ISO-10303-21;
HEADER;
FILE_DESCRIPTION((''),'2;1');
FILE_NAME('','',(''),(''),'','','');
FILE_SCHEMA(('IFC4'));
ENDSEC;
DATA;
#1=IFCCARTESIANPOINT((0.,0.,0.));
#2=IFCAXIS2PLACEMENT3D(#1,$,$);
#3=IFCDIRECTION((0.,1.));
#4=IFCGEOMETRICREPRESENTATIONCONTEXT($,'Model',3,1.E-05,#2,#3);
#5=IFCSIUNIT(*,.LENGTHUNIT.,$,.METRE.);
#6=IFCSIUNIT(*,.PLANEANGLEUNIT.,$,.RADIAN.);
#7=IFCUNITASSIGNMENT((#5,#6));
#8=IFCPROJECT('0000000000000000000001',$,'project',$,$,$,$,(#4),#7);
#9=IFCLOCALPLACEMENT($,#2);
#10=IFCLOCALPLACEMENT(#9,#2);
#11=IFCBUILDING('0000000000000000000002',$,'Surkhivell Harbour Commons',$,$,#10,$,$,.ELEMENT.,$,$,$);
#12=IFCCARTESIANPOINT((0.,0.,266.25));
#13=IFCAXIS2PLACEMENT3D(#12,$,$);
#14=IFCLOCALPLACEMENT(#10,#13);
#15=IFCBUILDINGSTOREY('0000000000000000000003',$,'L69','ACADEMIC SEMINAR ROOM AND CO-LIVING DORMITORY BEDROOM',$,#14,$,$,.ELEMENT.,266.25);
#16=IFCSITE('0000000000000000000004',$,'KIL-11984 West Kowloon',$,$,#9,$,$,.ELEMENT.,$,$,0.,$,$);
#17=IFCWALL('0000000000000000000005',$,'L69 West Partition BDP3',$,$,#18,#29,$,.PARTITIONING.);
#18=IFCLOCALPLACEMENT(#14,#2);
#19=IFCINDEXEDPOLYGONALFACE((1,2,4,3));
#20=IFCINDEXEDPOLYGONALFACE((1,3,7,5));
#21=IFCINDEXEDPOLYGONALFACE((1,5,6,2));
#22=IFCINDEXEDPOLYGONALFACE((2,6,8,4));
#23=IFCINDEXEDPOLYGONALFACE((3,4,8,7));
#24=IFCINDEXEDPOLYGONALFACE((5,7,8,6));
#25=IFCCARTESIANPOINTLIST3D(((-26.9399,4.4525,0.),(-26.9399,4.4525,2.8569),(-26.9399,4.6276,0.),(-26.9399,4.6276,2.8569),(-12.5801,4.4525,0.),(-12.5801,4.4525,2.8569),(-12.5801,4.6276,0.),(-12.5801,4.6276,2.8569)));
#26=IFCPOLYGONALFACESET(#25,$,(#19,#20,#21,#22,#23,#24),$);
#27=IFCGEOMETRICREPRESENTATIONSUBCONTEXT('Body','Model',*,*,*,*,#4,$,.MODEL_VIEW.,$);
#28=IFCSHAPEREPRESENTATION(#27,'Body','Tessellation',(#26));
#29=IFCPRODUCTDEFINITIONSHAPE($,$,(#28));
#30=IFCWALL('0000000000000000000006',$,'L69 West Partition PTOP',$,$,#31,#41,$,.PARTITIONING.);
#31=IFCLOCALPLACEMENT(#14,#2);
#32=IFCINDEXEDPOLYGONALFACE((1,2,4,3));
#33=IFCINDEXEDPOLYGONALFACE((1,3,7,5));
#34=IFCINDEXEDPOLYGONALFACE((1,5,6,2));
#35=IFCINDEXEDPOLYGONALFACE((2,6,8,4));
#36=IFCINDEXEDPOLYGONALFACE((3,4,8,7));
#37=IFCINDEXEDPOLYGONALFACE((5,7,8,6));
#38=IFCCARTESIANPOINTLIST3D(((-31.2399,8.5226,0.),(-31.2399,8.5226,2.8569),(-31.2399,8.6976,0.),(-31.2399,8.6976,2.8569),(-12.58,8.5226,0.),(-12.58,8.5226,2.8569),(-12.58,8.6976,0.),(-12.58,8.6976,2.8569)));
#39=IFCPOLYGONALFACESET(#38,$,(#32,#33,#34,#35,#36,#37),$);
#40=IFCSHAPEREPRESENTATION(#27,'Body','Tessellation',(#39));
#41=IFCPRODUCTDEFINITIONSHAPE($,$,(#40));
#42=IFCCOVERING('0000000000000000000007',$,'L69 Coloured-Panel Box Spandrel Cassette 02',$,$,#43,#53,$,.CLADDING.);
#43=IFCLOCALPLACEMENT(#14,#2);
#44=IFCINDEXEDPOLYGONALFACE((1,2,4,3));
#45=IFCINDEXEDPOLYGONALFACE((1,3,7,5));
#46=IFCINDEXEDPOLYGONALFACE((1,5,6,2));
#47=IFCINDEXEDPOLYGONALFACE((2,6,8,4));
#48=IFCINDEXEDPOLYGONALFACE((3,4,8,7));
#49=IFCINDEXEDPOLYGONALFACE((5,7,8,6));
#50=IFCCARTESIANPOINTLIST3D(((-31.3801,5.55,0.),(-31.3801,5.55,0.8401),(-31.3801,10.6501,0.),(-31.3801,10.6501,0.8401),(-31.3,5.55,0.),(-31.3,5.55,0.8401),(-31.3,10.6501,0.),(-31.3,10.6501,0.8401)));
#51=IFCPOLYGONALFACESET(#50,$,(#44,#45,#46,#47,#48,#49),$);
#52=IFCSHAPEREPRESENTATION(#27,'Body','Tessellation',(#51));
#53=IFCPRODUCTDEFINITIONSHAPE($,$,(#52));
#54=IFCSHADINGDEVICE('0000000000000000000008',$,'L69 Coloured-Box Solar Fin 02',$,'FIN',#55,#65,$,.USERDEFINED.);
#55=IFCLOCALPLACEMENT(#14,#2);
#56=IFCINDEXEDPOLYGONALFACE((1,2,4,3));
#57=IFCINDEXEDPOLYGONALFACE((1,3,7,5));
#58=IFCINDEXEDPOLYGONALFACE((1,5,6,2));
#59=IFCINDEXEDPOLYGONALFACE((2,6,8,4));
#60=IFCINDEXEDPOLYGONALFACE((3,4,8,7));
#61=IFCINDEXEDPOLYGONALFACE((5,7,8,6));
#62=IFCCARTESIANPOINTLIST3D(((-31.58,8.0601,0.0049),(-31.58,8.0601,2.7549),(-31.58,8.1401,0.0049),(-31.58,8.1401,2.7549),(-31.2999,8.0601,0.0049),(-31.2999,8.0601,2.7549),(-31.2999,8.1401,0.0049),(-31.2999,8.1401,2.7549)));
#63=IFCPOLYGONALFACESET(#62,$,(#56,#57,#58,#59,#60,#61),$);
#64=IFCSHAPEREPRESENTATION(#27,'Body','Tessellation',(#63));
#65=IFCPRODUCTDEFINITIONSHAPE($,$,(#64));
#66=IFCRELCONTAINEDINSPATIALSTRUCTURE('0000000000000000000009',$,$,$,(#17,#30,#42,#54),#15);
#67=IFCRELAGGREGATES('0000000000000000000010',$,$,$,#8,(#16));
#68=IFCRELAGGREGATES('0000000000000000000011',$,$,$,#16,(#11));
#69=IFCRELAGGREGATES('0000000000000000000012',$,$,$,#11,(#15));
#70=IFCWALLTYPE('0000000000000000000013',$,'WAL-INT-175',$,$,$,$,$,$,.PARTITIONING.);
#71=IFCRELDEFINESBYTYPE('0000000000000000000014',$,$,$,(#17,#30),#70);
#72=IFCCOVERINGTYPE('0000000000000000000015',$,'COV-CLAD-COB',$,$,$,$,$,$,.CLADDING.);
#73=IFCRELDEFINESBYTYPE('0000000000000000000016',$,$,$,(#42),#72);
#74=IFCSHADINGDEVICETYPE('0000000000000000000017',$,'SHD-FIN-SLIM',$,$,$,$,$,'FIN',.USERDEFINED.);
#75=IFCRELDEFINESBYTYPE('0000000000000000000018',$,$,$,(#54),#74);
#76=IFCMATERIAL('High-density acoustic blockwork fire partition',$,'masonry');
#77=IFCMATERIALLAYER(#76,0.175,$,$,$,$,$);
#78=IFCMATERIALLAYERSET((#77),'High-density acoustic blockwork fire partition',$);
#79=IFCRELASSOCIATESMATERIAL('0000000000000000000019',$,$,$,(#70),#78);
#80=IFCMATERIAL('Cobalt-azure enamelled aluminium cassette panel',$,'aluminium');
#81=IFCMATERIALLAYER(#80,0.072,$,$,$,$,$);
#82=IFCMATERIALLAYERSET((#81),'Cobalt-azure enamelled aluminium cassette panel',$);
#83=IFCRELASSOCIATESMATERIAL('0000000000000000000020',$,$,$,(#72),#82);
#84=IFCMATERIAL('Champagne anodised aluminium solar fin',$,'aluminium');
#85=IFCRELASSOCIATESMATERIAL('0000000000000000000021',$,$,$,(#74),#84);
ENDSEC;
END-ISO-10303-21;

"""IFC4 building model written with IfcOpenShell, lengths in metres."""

from ifc_helpers import new_model, si_unit, direction, frame, frame_2d, origin, origin_2d, place, context, subcontext, project, spatial, rectangle, extrude, material, layer, layer_set, type_object, element, save


model = new_model("IFC4")

# Units and contexts
model_context = context("Model", 3, precision=1e-05, world=origin(), true_north=direction((0.0, 1.0)))
body_context = subcontext(model_context, "Body", "Model", "MODEL_VIEW")
ifc_project = project(units=[si_unit("LENGTHUNIT", "METRE"), si_unit("PLANEANGLEUNIT", "RADIAN")], contexts=[model_context])

# Site, building, storey
site_placement = place(None, origin())
site = spatial("IfcSite", under=ifc_project, at=site_placement, Name="KIL-11984 West Kowloon", CompositionType="ELEMENT", RefElevation=0.0)
building_placement = place(site_placement, origin())
building = spatial("IfcBuilding", under=site, at=building_placement, Name="Surkhivell Harbour Commons", CompositionType="ELEMENT")
storey_placement = place(building_placement, frame((0.0, 0.0, 266.25)))
storey = spatial("IfcBuildingStorey", under=building, at=storey_placement, Name="L69", Description="ACADEMIC SEMINAR ROOM AND CO-LIVING DORMITORY BEDROOM", CompositionType="ELEMENT", Elevation=266.25)

# Walls
ifc_material_1 = material(Name="High-density acoustic blockwork fire partition", Category="masonry")
ifc_layer_1 = layer(ifc_material_1, 0.175)
ifc_layer_set_1 = layer_set([ifc_layer_1], Name="High-density acoustic blockwork fire partition")
wall_type_1 = type_object("IfcWallType", Name="WAL-INT-175", PredefinedType="PARTITIONING", material=ifc_layer_set_1)
for number, where, z_axis, x_axis, name in (
    (1, (-26.9399, 4.54, 0.0), (0.0, 0.0, 1.0), (1.0, 0.0, 0.0), "L69 West Partition BDP3"),
):
    element("IfcWall", number, at=place(storey_placement, frame(where, z_axis=z_axis, x_axis=x_axis)), inside=storey, type_object=wall_type_1, Name=name, PredefinedType="PARTITIONING", context=body_context, shape_type="SweptSolid", body=[
        extrude(rectangle(XDim=14.3599, YDim=0.175, at=frame_2d((7.1799, 0.0))), origin(), (0.0, 0.0, 1.0), 2.8569),
    ])
wall_1_placement = place(storey_placement, frame((-31.24, 8.6101, 0.0), z_axis=(0.0, 0.0, 1.0), x_axis=(1.0, 0.0, 0.0)))
element("IfcWall", 2, at=wall_1_placement, inside=storey, type_object=wall_type_1, Name="L69 West Partition PTOP", PredefinedType="PARTITIONING", context=body_context, shape_type="SweptSolid", body=[
    extrude(rectangle(XDim=18.6599, YDim=0.175, at=frame_2d((9.3301, 0.0))), origin(), (0.0, 0.0, 1.0), 2.8569),
])

# Covering
ifc_material_2 = material(Name="Cobalt-azure enamelled aluminium cassette panel", Category="aluminium")
ifc_layer_2 = layer(ifc_material_2, 0.072)
ifc_layer_set_2 = layer_set([ifc_layer_2], Name="Cobalt-azure enamelled aluminium cassette panel")
covering_type = type_object("IfcCoveringType", Name="COV-CLAD-COB", PredefinedType="CLADDING", material=ifc_layer_set_2)
covering_placement = place(storey_placement, frame((-31.3401, 8.1001, 0.0), z_axis=(0.0, 0.0, 1.0), x_axis=(1.0, 0.0, 0.0)))
element("IfcCovering", 3, at=covering_placement, inside=storey, type_object=covering_type, Name="L69 Coloured-Panel Box Spandrel Cassette 02", PredefinedType="CLADDING", context=body_context, shape_type="SweptSolid", body=[
    extrude(rectangle(XDim=0.0801, YDim=5.1001, at=origin_2d()), origin(), (0.0, 0.0, 1.0), 0.8401),
])

# Shading device
ifc_material_3 = material(Name="Champagne anodised aluminium solar fin", Category="aluminium")
shading_device_type = type_object("IfcShadingDeviceType", Name="SHD-FIN-SLIM", ElementType="FIN", PredefinedType="USERDEFINED", material=ifc_material_3)
shading_device_placement = place(storey_placement, frame((-31.4399, 8.1001, 0.0049), z_axis=(0.0, 0.0, 1.0), x_axis=(1.0, 0.0, 0.0)))
element("IfcShadingDevice", 4, at=shading_device_placement, inside=storey, type_object=shading_device_type, Name="L69 Coloured-Box Solar Fin 02", ObjectType="FIN", PredefinedType="USERDEFINED", context=body_context, shape_type="SweptSolid", body=[
    extrude(rectangle(XDim=0.28, YDim=0.0801, at=origin_2d()), origin(), (0.0, 0.0, 1.0), 2.75),
])

save(model, "model.ifc")
